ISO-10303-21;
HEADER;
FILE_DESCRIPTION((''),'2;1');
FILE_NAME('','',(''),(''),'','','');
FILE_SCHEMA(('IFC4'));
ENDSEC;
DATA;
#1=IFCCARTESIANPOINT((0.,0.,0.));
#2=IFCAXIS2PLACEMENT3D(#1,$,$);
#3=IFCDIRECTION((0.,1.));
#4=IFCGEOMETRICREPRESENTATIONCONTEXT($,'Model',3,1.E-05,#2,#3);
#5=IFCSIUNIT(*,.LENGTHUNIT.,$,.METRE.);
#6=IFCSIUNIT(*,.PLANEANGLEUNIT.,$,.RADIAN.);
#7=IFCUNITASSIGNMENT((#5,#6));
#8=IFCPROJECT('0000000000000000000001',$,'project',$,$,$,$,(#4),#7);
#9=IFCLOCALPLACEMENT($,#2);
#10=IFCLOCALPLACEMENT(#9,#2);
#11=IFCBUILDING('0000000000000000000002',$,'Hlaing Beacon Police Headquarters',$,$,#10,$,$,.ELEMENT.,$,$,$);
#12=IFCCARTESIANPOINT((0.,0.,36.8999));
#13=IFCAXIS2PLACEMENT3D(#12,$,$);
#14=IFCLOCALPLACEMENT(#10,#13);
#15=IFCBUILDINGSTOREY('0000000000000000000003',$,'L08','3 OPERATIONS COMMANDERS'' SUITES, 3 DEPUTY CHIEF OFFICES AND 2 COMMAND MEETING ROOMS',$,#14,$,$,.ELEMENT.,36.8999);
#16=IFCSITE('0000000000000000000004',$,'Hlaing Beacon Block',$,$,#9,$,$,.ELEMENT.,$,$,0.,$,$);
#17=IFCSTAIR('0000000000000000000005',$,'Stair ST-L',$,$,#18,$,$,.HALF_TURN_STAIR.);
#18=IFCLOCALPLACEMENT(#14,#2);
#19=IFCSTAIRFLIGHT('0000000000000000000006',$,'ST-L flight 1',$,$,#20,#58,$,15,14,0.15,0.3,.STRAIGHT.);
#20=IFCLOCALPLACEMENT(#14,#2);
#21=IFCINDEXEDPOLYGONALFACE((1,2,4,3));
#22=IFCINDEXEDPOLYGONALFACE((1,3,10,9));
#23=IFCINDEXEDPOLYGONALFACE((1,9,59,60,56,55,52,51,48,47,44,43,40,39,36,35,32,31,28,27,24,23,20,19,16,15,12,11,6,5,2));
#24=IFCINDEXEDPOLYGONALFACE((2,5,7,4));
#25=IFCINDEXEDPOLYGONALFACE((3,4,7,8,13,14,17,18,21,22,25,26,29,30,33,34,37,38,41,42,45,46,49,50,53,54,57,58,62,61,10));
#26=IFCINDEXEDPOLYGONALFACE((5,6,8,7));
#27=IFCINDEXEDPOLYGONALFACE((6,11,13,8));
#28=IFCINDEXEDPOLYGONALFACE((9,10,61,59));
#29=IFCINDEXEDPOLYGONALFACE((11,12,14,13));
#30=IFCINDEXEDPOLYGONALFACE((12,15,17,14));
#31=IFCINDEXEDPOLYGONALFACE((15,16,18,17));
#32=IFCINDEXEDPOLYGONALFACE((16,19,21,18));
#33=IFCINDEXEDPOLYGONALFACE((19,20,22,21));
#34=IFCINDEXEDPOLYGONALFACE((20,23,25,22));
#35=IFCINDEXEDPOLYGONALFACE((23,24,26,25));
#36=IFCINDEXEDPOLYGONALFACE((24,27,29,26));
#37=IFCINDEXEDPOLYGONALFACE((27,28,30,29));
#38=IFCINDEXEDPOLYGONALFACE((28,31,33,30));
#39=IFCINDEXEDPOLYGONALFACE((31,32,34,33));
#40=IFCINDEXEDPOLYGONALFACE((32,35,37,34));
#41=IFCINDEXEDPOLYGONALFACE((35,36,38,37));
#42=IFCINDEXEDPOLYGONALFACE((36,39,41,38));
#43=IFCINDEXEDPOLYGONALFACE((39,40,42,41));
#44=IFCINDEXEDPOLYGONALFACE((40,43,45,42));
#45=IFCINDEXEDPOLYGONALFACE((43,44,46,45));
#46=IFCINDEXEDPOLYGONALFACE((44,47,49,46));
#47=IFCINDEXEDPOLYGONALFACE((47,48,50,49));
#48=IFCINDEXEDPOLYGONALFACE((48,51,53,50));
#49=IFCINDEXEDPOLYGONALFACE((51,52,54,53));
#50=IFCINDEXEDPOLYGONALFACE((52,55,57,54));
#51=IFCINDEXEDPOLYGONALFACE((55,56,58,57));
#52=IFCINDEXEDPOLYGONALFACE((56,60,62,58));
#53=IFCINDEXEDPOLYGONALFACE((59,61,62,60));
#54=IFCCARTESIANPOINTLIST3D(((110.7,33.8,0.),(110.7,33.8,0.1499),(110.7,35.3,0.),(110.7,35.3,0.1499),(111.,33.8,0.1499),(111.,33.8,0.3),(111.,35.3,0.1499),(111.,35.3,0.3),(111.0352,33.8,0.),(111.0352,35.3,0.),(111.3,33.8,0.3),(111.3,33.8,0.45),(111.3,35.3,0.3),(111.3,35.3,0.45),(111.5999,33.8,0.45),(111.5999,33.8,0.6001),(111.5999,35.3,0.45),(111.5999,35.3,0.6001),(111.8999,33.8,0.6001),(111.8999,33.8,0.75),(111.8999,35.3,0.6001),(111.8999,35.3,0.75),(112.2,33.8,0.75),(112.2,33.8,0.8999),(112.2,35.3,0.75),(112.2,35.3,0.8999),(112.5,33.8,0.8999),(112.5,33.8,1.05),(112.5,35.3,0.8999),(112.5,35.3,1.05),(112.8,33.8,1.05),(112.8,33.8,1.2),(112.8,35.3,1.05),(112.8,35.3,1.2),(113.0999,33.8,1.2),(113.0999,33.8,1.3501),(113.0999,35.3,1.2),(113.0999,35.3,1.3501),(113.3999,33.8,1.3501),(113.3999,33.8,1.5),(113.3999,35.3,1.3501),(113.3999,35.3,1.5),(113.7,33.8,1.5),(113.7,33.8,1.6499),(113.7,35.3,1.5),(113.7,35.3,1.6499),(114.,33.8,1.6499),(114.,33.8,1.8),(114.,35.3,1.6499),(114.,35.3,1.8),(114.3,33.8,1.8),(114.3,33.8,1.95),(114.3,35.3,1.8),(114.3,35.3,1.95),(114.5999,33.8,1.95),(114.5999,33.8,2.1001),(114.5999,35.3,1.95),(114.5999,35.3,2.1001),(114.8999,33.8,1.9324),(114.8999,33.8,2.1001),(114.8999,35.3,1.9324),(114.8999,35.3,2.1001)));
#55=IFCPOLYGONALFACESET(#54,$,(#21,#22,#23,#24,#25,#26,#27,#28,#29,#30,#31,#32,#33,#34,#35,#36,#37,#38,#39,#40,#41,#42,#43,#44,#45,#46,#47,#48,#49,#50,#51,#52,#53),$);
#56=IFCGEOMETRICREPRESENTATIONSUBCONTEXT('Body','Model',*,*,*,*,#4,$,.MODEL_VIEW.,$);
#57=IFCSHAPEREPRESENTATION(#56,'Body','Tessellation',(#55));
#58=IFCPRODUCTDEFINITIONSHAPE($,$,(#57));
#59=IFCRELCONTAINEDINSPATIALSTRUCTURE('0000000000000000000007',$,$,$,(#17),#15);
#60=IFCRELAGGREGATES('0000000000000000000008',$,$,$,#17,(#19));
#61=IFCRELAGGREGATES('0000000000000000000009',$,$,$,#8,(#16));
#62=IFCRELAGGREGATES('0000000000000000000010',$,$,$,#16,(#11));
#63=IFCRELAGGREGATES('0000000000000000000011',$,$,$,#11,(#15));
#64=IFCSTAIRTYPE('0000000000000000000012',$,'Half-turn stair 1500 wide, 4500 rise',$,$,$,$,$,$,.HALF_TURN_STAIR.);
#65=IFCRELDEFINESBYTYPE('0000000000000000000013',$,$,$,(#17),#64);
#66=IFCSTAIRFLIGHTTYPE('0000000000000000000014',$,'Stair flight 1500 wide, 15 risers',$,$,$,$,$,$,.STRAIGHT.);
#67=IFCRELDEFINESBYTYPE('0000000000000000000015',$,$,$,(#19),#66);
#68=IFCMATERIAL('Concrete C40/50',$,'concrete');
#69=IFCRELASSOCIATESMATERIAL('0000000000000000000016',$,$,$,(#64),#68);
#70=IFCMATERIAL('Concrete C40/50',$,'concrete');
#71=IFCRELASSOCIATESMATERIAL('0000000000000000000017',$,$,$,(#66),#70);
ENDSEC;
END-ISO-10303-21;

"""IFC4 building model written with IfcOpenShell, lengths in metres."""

from ifc_helpers import new_model, si_unit, direction, frame, origin, place, context, subcontext, project, spatial, polyline, outline, extrude, material, type_object, element, aggregate, save


model = new_model("IFC4")

# Units and contexts
model_context = context("Model", 3, precision=1e-05, world=origin(), true_north=direction((0.0, 1.0)))
body_context = subcontext(model_context, "Body", "Model", "MODEL_VIEW")
ifc_project = project(units=[si_unit("LENGTHUNIT", "METRE"), si_unit("PLANEANGLEUNIT", "RADIAN")], contexts=[model_context])

# Site, building, storey
site_placement = place(None, origin())
site = spatial("IfcSite", under=ifc_project, at=site_placement, Name="Hlaing Beacon Block", CompositionType="ELEMENT", RefElevation=0.0)
building_placement = place(site_placement, origin())
building = spatial("IfcBuilding", under=site, at=building_placement, Name="Hlaing Beacon Police Headquarters", CompositionType="ELEMENT")
storey_placement = place(building_placement, frame((0.0, 0.0, 36.8999)))
storey = spatial("IfcBuildingStorey", under=building, at=storey_placement, Name="L08", Description="3 OPERATIONS COMMANDERS' SUITES, 3 DEPUTY CHIEF OFFICES AND 2 COMMAND MEETING ROOMS", CompositionType="ELEMENT", Elevation=36.8999)

# Stair, stair flight
ifc_material_1 = material(Name="Concrete C40/50", Category="concrete")
stair_type = type_object("IfcStairType", Name="Half-turn stair 1500 wide, 4500 rise", PredefinedType="HALF_TURN_STAIR", material=ifc_material_1)
stair_placement = place(storey_placement, origin())
stair = element("IfcStair", 1, at=stair_placement, inside=storey, type_object=stair_type, Name="Stair ST-L", PredefinedType="HALF_TURN_STAIR")
ifc_material_2 = material(Name="Concrete C40/50", Category="concrete")
stair_flight_type = type_object("IfcStairFlightType", Name="Stair flight 1500 wide, 15 risers", PredefinedType="STRAIGHT", material=ifc_material_2)
stair_flight_placement = place(storey_placement, frame((110.7, 34.55, 0.0), z_axis=(0.0, 0.0, 1.0), x_axis=(1.0, 0.0, 0.0)))
stair_flight = element("IfcStairFlight", 2, at=stair_flight_placement, type_object=stair_flight_type, Name="ST-L flight 1", NumberOfRisers=15, NumberOfTreads=14, PredefinedType="STRAIGHT", RiserHeight=0.15, TreadLength=0.3, context=body_context, shape_type="SweptSolid", body=[
    extrude(outline(polyline([(0.0, 0.0), (0.0, 0.1499), (0.3, 0.1499), (0.3, 0.3), (0.6001, 0.3), (0.6001, 0.45), (0.8999, 0.45), (0.8999, 0.6001), (1.2, 0.6001), (1.2, 0.75), (1.5, 0.75), (1.5, 0.8999), (1.8, 0.8999), (1.8, 1.05), (2.1001, 1.05), (2.1001, 1.2), (2.3999, 1.2), (2.3999, 1.3501), (2.7, 1.3501), (2.7, 1.5), (3.0, 1.5), (3.0, 1.6499), (3.3, 1.6499), (3.3, 1.8), (3.6001, 1.8), (3.6001, 1.95), (3.8999, 1.95), (3.8999, 2.1001), (4.2, 2.1001), (4.2, 2.25), (4.2, 1.9324), (0.3352, 0.0), (0.0, 0.0)])), frame((0.0, 0.75, 0.0), z_axis=(0.0, -1.0, 0.0), x_axis=(1.0, 0.0, 0.0)), (0.0, 0.0, 1.0), 1.5),
])
aggregate(stair, [stair_flight])

save(model, "model.ifc")
